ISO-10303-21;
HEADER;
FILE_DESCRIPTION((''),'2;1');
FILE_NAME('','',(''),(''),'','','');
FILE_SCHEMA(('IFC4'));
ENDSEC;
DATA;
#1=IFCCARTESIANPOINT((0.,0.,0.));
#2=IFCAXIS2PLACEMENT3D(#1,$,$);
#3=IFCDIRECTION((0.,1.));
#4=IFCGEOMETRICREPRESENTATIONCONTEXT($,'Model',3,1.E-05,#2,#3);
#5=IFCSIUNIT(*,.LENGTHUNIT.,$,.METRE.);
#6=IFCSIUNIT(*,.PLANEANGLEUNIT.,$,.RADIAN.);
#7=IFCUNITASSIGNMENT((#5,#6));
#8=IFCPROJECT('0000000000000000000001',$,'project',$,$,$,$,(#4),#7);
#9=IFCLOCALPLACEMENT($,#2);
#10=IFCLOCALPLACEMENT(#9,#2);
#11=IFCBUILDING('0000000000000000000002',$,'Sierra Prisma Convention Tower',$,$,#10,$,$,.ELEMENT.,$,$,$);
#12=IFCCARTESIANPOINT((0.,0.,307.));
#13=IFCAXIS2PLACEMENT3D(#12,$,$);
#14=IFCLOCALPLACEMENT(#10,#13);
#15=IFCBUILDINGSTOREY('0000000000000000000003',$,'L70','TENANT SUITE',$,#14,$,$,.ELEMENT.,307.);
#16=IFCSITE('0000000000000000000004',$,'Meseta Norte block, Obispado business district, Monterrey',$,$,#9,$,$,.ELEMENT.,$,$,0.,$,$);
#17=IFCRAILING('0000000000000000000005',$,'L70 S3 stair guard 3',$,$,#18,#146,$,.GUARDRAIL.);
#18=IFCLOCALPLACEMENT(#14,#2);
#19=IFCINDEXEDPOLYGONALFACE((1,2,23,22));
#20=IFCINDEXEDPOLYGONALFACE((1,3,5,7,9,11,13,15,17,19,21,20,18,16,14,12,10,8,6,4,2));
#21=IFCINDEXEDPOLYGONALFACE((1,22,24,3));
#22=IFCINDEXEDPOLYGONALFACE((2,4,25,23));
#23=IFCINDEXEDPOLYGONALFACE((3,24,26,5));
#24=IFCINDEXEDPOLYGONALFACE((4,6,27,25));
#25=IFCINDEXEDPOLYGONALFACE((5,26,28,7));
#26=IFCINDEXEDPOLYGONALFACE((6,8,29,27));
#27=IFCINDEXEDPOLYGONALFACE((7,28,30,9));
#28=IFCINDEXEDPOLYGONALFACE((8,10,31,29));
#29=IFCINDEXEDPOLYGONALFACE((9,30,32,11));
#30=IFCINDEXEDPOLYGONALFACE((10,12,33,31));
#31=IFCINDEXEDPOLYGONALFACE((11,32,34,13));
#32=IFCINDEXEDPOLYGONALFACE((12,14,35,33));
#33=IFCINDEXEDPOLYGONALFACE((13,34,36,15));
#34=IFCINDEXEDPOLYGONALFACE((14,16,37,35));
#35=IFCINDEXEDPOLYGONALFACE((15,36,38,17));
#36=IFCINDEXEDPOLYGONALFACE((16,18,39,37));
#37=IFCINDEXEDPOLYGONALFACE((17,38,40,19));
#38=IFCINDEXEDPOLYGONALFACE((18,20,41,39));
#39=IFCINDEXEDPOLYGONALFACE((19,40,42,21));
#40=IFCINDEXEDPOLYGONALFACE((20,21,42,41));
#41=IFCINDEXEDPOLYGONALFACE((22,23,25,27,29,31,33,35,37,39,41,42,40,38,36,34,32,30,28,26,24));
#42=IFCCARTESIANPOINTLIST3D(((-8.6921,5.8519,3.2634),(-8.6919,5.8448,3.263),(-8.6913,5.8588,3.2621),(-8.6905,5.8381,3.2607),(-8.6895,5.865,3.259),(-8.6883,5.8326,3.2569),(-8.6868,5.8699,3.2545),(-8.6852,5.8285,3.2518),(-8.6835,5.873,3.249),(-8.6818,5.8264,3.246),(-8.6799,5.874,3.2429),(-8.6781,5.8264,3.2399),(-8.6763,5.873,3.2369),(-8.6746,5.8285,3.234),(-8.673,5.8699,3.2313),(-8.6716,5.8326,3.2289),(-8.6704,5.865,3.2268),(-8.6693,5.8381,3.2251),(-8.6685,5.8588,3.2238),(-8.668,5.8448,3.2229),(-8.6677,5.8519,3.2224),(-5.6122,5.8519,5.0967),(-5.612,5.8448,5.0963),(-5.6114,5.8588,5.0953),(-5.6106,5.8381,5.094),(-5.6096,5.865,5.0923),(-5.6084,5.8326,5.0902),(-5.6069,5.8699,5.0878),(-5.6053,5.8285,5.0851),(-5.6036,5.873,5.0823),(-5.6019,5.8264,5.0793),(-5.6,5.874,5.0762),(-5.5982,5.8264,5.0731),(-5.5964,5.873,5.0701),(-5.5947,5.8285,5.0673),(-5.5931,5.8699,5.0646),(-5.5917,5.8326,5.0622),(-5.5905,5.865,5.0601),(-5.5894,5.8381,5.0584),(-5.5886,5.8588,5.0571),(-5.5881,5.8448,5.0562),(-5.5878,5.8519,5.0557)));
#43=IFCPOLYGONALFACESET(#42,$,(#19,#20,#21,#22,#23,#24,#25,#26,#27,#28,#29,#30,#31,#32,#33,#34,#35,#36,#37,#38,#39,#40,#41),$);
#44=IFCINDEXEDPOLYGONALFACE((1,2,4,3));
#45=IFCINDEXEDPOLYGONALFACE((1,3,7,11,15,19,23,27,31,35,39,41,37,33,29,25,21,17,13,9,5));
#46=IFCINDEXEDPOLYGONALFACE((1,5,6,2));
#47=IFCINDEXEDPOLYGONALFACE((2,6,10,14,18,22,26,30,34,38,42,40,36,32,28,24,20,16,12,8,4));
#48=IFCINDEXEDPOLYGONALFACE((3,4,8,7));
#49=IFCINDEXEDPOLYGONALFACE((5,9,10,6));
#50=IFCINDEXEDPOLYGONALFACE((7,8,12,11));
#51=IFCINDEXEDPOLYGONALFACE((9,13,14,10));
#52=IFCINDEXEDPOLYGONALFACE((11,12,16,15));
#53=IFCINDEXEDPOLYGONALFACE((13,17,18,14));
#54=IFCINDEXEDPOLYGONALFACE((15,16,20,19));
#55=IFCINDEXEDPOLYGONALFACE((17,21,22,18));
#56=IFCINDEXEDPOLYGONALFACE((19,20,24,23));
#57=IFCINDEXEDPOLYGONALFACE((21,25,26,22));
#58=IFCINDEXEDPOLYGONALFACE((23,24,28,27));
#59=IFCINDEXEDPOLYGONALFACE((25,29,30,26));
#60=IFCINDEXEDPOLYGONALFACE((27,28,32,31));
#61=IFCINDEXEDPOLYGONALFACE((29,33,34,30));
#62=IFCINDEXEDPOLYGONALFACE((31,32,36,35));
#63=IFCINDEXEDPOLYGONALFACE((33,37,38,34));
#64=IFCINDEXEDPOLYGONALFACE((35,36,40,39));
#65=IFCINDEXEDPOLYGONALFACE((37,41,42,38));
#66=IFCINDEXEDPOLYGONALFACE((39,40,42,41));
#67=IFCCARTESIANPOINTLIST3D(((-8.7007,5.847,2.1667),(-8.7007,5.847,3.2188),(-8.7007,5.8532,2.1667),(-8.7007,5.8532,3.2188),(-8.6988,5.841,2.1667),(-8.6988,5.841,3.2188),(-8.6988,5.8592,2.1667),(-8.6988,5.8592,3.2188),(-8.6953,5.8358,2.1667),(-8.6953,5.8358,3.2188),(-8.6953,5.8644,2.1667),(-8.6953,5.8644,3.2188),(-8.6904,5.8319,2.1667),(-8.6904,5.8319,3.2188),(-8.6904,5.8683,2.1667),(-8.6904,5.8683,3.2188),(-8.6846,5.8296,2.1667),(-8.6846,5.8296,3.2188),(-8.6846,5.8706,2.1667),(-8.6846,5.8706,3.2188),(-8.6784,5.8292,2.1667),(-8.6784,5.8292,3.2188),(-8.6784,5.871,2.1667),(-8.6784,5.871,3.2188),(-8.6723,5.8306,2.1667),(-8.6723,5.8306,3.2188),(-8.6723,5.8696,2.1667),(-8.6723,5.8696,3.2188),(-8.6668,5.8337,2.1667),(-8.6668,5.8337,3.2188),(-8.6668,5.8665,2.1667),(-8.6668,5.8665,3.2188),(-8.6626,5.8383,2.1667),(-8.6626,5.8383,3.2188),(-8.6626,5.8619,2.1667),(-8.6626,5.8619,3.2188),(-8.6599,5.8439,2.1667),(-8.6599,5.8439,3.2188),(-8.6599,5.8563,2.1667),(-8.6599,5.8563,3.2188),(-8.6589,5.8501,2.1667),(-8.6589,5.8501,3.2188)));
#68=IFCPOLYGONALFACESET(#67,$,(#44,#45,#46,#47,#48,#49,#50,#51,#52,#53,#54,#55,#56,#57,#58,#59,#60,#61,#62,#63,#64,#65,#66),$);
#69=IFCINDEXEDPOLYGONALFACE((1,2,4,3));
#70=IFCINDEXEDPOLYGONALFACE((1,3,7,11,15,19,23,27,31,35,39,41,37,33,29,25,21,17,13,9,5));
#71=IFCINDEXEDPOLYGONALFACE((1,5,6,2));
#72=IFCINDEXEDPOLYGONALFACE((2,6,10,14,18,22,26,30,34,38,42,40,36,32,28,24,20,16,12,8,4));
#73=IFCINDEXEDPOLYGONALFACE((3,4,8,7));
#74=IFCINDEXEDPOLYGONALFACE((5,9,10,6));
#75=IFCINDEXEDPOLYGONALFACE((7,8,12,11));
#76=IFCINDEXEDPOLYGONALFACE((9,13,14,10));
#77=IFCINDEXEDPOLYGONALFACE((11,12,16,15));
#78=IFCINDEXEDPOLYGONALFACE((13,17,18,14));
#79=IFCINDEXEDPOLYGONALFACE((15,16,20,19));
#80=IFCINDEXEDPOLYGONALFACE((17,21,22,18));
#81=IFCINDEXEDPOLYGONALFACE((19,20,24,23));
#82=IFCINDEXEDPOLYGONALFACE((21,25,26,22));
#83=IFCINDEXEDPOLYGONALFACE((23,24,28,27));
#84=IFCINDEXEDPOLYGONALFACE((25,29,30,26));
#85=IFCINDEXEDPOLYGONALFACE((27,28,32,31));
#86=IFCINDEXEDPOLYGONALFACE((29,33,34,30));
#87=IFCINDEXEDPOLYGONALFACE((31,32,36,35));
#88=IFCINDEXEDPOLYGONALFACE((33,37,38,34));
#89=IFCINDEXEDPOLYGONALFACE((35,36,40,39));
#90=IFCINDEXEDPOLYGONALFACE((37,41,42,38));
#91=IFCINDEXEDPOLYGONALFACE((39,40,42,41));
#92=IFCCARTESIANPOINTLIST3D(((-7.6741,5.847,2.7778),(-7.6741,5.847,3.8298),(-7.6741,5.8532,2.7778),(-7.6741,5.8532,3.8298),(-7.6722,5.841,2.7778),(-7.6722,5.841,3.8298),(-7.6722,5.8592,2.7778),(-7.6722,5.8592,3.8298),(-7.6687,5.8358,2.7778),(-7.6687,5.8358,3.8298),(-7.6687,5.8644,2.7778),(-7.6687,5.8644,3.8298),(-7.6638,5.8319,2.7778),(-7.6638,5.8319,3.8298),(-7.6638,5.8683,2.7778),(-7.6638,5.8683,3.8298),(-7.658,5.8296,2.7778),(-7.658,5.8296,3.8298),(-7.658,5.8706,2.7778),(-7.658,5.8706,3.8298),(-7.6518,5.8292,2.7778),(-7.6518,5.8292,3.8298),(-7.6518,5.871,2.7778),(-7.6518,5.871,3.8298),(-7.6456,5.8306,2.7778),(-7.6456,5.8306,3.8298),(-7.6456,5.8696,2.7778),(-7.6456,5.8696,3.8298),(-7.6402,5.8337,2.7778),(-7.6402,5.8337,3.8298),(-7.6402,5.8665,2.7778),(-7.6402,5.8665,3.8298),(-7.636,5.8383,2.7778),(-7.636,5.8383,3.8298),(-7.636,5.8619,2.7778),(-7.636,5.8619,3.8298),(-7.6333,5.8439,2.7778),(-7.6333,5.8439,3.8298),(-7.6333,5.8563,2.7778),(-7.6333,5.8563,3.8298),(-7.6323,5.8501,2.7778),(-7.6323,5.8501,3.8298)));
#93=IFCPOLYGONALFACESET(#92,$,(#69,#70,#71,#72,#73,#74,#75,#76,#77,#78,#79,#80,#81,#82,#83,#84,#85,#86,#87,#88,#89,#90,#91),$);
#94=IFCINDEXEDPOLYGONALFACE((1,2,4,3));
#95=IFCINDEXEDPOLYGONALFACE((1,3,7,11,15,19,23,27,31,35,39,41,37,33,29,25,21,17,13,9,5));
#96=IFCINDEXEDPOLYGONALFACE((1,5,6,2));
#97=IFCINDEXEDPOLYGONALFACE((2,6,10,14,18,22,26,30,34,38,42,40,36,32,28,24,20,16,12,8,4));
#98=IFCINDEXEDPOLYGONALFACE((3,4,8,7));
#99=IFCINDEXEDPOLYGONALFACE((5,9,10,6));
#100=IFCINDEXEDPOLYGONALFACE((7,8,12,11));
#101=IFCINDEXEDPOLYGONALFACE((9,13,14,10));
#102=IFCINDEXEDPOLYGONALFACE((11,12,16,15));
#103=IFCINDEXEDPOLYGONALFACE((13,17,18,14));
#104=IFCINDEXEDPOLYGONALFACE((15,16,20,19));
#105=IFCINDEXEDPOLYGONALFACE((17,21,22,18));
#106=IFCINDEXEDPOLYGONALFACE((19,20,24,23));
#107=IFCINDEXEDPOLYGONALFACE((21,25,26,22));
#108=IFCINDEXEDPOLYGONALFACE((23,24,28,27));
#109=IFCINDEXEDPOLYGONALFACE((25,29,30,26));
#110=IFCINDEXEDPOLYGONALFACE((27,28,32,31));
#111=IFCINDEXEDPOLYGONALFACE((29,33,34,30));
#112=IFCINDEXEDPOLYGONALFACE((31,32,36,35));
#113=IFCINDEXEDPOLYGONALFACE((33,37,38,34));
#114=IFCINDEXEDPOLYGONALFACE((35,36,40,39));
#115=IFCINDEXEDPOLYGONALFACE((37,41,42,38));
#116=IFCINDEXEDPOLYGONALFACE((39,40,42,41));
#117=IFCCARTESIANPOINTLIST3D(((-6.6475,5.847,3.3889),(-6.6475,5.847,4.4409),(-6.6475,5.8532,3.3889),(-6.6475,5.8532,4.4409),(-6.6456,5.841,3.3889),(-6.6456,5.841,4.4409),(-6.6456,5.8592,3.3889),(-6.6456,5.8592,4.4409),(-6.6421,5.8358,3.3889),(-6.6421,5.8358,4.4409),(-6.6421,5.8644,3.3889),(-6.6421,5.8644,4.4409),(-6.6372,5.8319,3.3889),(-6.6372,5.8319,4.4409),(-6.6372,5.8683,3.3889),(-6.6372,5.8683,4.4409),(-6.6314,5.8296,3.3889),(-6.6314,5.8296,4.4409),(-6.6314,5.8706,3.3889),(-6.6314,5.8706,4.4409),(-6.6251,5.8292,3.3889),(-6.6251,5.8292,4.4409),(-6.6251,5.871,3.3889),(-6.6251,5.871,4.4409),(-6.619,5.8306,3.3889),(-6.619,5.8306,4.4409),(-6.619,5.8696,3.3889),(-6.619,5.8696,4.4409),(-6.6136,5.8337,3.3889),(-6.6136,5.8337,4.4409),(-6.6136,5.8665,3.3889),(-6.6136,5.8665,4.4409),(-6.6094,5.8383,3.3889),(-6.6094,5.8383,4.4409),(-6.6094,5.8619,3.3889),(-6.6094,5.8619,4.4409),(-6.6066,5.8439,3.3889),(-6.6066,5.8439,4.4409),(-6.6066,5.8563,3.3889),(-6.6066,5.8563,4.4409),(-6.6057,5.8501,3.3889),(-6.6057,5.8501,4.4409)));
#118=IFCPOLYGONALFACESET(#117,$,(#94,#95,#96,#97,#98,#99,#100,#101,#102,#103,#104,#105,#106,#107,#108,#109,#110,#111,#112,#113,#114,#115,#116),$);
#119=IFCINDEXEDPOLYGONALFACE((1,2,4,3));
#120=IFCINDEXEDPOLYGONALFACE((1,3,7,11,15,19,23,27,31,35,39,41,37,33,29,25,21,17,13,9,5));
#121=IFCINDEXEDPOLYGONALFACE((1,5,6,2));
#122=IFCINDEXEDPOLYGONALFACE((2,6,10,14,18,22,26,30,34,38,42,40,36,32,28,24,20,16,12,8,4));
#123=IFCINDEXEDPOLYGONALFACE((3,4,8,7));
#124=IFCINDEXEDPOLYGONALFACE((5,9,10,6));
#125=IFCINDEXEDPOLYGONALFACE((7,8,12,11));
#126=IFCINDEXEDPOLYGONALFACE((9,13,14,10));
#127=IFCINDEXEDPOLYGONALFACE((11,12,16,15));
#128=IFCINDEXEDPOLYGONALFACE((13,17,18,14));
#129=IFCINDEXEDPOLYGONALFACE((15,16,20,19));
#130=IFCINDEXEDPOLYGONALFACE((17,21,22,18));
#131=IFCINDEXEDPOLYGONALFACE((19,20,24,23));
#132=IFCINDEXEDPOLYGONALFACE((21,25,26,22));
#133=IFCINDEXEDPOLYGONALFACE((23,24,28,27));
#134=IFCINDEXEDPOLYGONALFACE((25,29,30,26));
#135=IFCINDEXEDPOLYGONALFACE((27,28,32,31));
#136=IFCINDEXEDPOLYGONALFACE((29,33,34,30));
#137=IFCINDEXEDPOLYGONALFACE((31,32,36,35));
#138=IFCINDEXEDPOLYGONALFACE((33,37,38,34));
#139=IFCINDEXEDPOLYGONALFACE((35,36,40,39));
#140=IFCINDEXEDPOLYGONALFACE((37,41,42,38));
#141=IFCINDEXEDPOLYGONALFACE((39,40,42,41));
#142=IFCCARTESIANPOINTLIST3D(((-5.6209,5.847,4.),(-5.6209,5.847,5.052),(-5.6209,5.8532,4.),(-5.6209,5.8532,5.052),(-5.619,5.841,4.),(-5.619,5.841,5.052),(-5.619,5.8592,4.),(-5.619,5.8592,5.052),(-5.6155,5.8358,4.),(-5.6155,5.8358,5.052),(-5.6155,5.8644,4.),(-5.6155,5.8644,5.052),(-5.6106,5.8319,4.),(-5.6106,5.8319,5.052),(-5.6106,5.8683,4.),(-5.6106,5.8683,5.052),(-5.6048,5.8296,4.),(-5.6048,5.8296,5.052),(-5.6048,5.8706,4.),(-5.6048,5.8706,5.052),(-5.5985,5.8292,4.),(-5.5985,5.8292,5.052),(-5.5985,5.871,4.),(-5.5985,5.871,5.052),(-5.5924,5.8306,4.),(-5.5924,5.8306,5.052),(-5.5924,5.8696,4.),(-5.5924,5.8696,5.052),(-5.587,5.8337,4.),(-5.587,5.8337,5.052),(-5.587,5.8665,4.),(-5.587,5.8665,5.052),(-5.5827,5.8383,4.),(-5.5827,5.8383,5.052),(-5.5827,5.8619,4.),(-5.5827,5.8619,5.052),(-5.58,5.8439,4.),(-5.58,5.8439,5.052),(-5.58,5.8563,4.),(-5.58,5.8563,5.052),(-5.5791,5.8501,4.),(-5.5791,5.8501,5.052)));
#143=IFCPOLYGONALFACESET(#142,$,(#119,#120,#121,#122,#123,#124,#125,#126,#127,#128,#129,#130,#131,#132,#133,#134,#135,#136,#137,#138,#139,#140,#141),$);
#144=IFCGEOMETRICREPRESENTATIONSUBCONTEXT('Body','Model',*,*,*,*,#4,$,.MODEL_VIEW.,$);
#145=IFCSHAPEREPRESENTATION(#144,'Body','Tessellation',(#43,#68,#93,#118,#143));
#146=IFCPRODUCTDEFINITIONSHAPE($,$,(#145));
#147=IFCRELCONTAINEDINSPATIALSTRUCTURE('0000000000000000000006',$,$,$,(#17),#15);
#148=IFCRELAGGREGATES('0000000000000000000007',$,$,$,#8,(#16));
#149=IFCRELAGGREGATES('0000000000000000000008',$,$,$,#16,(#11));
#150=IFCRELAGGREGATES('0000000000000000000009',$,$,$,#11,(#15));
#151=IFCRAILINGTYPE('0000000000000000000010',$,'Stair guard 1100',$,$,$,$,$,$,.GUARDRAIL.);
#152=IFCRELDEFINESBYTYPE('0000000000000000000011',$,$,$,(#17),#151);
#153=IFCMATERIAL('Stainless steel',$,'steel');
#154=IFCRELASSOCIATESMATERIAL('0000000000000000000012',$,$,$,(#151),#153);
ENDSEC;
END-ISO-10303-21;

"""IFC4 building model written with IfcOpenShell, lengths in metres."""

from ifc_helpers import new_model, si_unit, direction, frame, origin, origin_2d, place, context, subcontext, project, spatial, circle, extrude, material, type_object, element, save


model = new_model("IFC4")

# Units and contexts
model_context = context("Model", 3, precision=1e-05, world=origin(), true_north=direction((0.0, 1.0)))
body_context = subcontext(model_context, "Body", "Model", "MODEL_VIEW")
ifc_project = project(units=[si_unit("LENGTHUNIT", "METRE"), si_unit("PLANEANGLEUNIT", "RADIAN")], contexts=[model_context])

# Site, building, storey
site_placement = place(None, origin())
site = spatial("IfcSite", under=ifc_project, at=site_placement, Name="Meseta Norte block, Obispado business district, Monterrey", CompositionType="ELEMENT", RefElevation=0.0)
building_placement = place(site_placement, origin())
building = spatial("IfcBuilding", under=site, at=building_placement, Name="Sierra Prisma Convention Tower", CompositionType="ELEMENT")
storey_placement = place(building_placement, frame((0.0, 0.0, 307.0)))
storey = spatial("IfcBuildingStorey", under=building, at=storey_placement, Name="L70", Description="TENANT SUITE", CompositionType="ELEMENT", Elevation=307.0)

# Railing
ifc_material_1 = material(Name="Stainless steel", Category="steel")
railing_type_1 = type_object("IfcRailingType", Name="Stair guard 1100", PredefinedType="GUARDRAIL", material=ifc_material_1)
railing_1_placement = place(storey_placement, frame((-8.6799, 5.8501, 2.1667)))
element("IfcRailing", 1, at=railing_1_placement, inside=storey, type_object=railing_type_1, Name="L70 S3 stair guard 3", PredefinedType="GUARDRAIL", context=body_context, shape_type="SweptSolid", body=[
    extrude(circle(Radius=0.0239, at=origin_2d()), frame((0.0, 0.0, 1.0762), z_axis=(0.859291, 0.0, 0.511487), x_axis=(0.0, 1.0, 0.0)), (0.0, 0.0, 1.0), 3.5842),
    extrude(circle(Radius=0.021, at=origin_2d()), origin(), (0.0, 0.0, 1.0), 1.052),
    extrude(circle(Radius=0.021, at=origin_2d()), frame((1.0266, 0.0, 0.6111)), (0.0, 0.0, 1.0), 1.052),
    extrude(circle(Radius=0.021, at=origin_2d()), frame((2.0532, 0.0, 1.2222)), (0.0, 0.0, 1.0), 1.052),
    extrude(circle(Radius=0.021, at=origin_2d()), frame((3.0798, 0.0, 1.8333)), (0.0, 0.0, 1.0), 1.052),
])

save(model, "model.ifc")
